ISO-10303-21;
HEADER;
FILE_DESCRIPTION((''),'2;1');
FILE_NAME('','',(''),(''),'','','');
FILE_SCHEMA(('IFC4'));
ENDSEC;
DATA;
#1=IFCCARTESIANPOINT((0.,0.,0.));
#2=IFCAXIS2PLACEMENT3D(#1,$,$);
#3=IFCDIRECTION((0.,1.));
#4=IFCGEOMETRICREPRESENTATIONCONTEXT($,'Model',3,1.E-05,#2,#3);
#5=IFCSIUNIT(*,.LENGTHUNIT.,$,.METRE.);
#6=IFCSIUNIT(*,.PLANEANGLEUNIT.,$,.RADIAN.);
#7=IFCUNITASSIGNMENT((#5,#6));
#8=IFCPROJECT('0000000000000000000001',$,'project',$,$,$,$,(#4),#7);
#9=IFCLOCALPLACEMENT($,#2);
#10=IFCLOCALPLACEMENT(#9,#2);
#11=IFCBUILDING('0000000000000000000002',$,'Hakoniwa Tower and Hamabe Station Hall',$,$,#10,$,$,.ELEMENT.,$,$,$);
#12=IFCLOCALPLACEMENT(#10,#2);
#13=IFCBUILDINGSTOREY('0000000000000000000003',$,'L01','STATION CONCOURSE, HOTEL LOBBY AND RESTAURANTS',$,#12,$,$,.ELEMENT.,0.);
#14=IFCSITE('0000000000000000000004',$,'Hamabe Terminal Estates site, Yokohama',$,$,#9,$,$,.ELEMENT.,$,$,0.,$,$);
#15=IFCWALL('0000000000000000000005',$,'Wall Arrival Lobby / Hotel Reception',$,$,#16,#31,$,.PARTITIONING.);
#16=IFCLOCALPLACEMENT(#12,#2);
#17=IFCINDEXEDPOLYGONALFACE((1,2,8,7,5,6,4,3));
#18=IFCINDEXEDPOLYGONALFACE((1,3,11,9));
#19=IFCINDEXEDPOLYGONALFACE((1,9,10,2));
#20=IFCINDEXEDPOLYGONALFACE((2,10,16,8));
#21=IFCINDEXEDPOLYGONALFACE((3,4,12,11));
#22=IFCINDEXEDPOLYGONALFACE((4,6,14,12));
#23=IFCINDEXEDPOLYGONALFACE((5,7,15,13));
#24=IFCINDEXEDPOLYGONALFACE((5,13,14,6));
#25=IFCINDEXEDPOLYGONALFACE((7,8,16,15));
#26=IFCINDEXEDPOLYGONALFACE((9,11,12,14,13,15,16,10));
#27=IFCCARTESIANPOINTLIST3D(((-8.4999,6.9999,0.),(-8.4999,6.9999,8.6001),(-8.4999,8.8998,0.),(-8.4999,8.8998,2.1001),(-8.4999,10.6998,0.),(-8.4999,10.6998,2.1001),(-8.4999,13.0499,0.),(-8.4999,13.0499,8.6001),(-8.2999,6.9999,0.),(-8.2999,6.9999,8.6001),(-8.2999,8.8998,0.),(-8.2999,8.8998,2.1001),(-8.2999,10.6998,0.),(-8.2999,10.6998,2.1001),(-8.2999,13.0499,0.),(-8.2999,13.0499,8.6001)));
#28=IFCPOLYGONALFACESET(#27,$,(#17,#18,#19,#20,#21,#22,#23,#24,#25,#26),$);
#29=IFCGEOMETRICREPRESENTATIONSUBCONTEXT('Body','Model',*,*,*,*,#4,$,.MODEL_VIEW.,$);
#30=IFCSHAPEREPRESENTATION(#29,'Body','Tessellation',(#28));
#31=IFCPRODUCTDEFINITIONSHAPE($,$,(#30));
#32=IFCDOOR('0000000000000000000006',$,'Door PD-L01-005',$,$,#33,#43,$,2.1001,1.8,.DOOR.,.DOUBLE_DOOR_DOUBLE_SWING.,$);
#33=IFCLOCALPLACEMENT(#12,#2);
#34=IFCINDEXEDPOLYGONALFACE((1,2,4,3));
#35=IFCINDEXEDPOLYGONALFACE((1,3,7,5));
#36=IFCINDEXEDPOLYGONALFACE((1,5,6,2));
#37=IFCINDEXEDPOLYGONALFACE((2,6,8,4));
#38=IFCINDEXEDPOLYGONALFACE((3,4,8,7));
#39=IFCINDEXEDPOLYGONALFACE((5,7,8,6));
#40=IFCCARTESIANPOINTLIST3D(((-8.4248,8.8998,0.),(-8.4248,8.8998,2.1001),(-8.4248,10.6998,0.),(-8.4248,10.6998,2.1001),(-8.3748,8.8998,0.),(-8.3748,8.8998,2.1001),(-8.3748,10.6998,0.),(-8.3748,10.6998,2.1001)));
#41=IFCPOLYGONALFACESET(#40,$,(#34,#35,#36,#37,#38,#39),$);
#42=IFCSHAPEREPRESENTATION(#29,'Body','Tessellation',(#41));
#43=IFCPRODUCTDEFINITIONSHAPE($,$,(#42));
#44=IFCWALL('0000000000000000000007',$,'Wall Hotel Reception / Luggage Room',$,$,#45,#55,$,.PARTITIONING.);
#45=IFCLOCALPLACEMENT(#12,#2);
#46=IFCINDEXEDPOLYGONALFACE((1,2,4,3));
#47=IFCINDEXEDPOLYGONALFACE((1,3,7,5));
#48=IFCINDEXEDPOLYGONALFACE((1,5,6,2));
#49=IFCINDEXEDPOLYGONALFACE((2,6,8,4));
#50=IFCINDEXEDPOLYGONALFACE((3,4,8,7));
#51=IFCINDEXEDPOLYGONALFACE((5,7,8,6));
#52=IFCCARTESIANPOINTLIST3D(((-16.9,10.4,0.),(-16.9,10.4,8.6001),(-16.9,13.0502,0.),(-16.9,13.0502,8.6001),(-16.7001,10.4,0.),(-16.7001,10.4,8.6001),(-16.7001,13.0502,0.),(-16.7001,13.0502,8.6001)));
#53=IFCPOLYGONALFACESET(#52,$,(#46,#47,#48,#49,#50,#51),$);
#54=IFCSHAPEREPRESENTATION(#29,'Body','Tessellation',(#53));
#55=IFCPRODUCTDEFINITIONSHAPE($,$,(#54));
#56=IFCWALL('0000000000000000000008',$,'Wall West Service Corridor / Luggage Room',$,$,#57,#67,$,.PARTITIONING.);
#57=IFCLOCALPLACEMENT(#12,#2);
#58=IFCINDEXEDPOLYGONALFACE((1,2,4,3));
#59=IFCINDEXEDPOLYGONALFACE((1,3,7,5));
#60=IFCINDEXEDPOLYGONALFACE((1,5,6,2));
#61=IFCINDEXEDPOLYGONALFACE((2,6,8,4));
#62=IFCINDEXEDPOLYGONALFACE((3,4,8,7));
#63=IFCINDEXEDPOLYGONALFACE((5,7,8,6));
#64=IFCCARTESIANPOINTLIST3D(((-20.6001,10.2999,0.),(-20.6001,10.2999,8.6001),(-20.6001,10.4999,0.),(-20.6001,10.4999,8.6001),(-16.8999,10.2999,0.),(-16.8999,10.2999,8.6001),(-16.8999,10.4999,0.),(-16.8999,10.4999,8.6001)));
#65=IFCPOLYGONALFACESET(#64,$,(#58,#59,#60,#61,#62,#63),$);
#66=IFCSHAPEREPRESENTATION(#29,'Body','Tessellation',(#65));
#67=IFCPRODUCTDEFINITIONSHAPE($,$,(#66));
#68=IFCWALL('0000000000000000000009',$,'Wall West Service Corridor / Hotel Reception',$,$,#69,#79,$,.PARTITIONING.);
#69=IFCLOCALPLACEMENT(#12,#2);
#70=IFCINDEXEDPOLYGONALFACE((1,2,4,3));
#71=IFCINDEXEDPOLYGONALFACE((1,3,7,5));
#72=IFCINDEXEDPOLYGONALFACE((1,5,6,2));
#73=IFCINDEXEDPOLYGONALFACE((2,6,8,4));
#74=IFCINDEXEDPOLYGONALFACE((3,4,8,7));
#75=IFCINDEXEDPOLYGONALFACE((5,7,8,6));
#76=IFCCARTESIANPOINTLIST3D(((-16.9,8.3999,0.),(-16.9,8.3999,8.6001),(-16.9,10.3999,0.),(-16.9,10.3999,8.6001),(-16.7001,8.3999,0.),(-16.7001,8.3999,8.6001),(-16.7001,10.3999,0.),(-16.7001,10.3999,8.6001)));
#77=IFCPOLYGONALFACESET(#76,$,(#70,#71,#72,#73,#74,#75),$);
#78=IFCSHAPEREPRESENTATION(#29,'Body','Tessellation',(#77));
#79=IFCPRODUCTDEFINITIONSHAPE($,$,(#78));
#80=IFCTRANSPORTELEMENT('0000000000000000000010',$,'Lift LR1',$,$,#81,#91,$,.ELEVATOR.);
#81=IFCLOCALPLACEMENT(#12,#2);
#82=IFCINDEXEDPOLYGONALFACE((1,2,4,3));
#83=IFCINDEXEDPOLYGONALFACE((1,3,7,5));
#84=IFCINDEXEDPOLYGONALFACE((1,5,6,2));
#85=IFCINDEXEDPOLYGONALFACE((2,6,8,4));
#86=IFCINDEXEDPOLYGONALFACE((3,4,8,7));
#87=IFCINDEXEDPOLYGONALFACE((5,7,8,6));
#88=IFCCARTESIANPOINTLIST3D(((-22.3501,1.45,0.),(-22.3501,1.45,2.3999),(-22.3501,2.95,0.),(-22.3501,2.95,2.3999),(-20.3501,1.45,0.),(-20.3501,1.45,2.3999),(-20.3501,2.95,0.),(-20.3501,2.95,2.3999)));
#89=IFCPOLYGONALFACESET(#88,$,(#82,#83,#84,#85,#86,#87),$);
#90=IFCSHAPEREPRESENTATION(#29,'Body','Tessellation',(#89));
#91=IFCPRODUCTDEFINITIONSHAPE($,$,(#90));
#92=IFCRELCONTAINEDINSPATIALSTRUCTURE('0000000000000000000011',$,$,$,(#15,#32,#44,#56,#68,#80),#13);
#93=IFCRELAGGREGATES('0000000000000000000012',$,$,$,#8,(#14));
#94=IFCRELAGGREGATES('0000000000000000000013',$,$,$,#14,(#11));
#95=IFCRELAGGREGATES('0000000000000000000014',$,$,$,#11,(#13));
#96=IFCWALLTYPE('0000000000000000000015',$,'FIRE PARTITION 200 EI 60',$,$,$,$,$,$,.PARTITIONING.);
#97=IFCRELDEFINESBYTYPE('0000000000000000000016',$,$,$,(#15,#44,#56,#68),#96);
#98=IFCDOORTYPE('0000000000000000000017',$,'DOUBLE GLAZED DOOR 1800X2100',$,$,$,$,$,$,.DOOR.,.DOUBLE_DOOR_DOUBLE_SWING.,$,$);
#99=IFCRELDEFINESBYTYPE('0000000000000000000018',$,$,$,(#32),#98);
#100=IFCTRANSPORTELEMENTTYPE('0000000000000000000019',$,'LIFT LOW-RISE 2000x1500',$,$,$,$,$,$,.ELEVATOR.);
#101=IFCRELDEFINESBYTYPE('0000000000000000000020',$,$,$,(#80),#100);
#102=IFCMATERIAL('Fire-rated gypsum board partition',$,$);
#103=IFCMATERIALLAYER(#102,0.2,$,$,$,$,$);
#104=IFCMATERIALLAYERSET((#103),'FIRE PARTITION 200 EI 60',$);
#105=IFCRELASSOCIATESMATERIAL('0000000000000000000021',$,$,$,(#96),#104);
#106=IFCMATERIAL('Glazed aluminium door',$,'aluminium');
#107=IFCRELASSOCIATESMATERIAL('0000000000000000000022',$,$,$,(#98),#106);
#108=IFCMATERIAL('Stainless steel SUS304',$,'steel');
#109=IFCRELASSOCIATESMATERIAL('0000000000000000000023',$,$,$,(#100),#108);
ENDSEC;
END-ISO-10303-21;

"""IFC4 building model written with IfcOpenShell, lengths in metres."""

from ifc_helpers import new_model, si_unit, direction, frame, frame_2d, origin, origin_2d, place, context, subcontext, project, spatial, rectangle, extrude, material, layer, layer_set, type_object, element, fill, save


model = new_model("IFC4")

# Units and contexts
model_context = context("Model", 3, precision=1e-05, world=origin(), true_north=direction((0.0, 1.0)))
body_context = subcontext(model_context, "Body", "Model", "MODEL_VIEW")
ifc_project = project(units=[si_unit("LENGTHUNIT", "METRE"), si_unit("PLANEANGLEUNIT", "RADIAN")], contexts=[model_context])

# Site, building, storey
site_placement = place(None, origin())
site = spatial("IfcSite", under=ifc_project, at=site_placement, Name="Hamabe Terminal Estates site, Yokohama", CompositionType="ELEMENT", RefElevation=0.0)
building_placement = place(site_placement, origin())
building = spatial("IfcBuilding", under=site, at=building_placement, Name="Hakoniwa Tower and Hamabe Station Hall", CompositionType="ELEMENT")
storey_placement = place(building_placement, origin())
storey = spatial("IfcBuildingStorey", under=building, at=storey_placement, Name="L01", Description="STATION CONCOURSE, HOTEL LOBBY AND RESTAURANTS", CompositionType="ELEMENT", Elevation=0.0)

# Shared definitions
ifc_material_1 = material(Name="Fire-rated gypsum board partition")
ifc_layer_1 = layer(ifc_material_1, 0.2)
ifc_layer_set_1 = layer_set([ifc_layer_1], Name="FIRE PARTITION 200 EI 60")
wall_type_1 = type_object("IfcWallType", Name="FIRE PARTITION 200 EI 60", PredefinedType="PARTITIONING", material=ifc_layer_set_1)

# Wall, opening, door
wall_1_placement = place(storey_placement, frame((-8.3999, 7.0, 0.0), z_axis=(0.0, 0.0, 1.0), x_axis=(0.0, 1.0, 0.0)))
wall_1 = element("IfcWall", 1, at=wall_1_placement, inside=storey, type_object=wall_type_1, Name="Wall Arrival Lobby / Hotel Reception", PredefinedType="PARTITIONING", context=body_context, shape_type="SweptSolid", body=[
    extrude(rectangle(XDim=6.05, YDim=0.2, at=frame_2d((3.0249, 0.0))), origin(), (0.0, 0.0, 1.0), 8.6001),
])
opening_1_placement = place(wall_1_placement, frame((1.8999, 0.0, 0.0)))
opening_1 = element("IfcOpeningElement", 2, at=opening_1_placement, cuts=wall_1, PredefinedType="OPENING", context=body_context, shape_type="SweptSolid", body=[
    extrude(rectangle(XDim=1.8, YDim=2.1001, at=frame_2d((0.8999, 1.05))), frame((0.0, 0.1099, 0.0), z_axis=(0.0, -1.0, 0.0), x_axis=(1.0, 0.0, 0.0)), (0.0, 0.0, 1.0), 0.22),
])
ifc_material_2 = material(Name="Glazed aluminium door", Category="aluminium")
door_type_1 = type_object("IfcDoorType", Name="DOUBLE GLAZED DOOR 1800X2100", OperationType="DOUBLE_DOOR_DOUBLE_SWING", PredefinedType="DOOR", material=ifc_material_2)
door_1_placement = place(opening_1_placement, origin())
door_1 = element("IfcDoor", 3, at=door_1_placement, inside=storey, type_object=door_type_1, Name="Door PD-L01-005", OperationType="DOUBLE_DOOR_DOUBLE_SWING", OverallHeight=2.1001, OverallWidth=1.8, PredefinedType="DOOR", context=body_context, shape_type="SweptSolid", body=[
    extrude(rectangle(XDim=1.8, YDim=2.1001, at=frame_2d((0.8999, 1.05))), frame((0.0, 0.0249, 0.0), z_axis=(0.0, -1.0, 0.0), x_axis=(1.0, 0.0, 0.0)), (0.0, 0.0, 1.0), 0.05),
])
fill(opening_1, door_1)

# Walls
wall_2_placement = place(storey_placement, frame((-16.8, 10.3999, 0.0), z_axis=(0.0, 0.0, 1.0), x_axis=(0.0, 1.0, 0.0)))
element("IfcWall", 4, at=wall_2_placement, inside=storey, type_object=wall_type_1, Name="Wall Hotel Reception / Luggage Room", PredefinedType="PARTITIONING", context=body_context, shape_type="SweptSolid", body=[
    extrude(rectangle(XDim=2.6501, YDim=0.2, at=frame_2d((1.3252, 0.0))), origin(), (0.0, 0.0, 1.0), 8.6001),
])
wall_3_placement = place(storey_placement, frame((-20.6001, 10.3999, 0.0), z_axis=(0.0, 0.0, 1.0), x_axis=(1.0, 0.0, 0.0)))
element("IfcWall", 5, at=wall_3_placement, inside=storey, type_object=wall_type_1, Name="Wall West Service Corridor / Luggage Room", PredefinedType="PARTITIONING", context=body_context, shape_type="SweptSolid", body=[
    extrude(rectangle(XDim=3.7002, YDim=0.2, at=frame_2d((1.8501, 0.0))), origin(), (0.0, 0.0, 1.0), 8.6001),
])
wall_4_placement = place(storey_placement, frame((-16.8, 10.3999, 0.0), z_axis=(0.0, 0.0, 1.0), x_axis=(0.0, -1.0, 0.0)))
element("IfcWall", 6, at=wall_4_placement, inside=storey, type_object=wall_type_1, Name="Wall West Service Corridor / Hotel Reception", PredefinedType="PARTITIONING", context=body_context, shape_type="SweptSolid", body=[
    extrude(rectangle(XDim=2.0, YDim=0.2, at=frame_2d((1.0, 0.0))), origin(), (0.0, 0.0, 1.0), 8.6001),
])

# Transport element
ifc_material_3 = material(Name="Stainless steel SUS304", Category="steel")
transport_element_type = type_object("IfcTransportElementType", Name="LIFT LOW-RISE 2000x1500", PredefinedType="ELEVATOR", material=ifc_material_3)
transport_element_placement = place(storey_placement, frame((-21.3501, 2.2, 0.0), z_axis=(0.0, 0.0, 1.0), x_axis=(1.0, 0.0, 0.0)))
element("IfcTransportElement", 7, at=transport_element_placement, inside=storey, type_object=transport_element_type, Name="Lift LR1", PredefinedType="ELEVATOR", context=body_context, shape_type="SweptSolid", body=[
    extrude(rectangle(XDim=2.0, YDim=1.5, at=origin_2d()), origin(), (0.0, 0.0, 1.0), 2.3999),
])

save(model, "model.ifc")
